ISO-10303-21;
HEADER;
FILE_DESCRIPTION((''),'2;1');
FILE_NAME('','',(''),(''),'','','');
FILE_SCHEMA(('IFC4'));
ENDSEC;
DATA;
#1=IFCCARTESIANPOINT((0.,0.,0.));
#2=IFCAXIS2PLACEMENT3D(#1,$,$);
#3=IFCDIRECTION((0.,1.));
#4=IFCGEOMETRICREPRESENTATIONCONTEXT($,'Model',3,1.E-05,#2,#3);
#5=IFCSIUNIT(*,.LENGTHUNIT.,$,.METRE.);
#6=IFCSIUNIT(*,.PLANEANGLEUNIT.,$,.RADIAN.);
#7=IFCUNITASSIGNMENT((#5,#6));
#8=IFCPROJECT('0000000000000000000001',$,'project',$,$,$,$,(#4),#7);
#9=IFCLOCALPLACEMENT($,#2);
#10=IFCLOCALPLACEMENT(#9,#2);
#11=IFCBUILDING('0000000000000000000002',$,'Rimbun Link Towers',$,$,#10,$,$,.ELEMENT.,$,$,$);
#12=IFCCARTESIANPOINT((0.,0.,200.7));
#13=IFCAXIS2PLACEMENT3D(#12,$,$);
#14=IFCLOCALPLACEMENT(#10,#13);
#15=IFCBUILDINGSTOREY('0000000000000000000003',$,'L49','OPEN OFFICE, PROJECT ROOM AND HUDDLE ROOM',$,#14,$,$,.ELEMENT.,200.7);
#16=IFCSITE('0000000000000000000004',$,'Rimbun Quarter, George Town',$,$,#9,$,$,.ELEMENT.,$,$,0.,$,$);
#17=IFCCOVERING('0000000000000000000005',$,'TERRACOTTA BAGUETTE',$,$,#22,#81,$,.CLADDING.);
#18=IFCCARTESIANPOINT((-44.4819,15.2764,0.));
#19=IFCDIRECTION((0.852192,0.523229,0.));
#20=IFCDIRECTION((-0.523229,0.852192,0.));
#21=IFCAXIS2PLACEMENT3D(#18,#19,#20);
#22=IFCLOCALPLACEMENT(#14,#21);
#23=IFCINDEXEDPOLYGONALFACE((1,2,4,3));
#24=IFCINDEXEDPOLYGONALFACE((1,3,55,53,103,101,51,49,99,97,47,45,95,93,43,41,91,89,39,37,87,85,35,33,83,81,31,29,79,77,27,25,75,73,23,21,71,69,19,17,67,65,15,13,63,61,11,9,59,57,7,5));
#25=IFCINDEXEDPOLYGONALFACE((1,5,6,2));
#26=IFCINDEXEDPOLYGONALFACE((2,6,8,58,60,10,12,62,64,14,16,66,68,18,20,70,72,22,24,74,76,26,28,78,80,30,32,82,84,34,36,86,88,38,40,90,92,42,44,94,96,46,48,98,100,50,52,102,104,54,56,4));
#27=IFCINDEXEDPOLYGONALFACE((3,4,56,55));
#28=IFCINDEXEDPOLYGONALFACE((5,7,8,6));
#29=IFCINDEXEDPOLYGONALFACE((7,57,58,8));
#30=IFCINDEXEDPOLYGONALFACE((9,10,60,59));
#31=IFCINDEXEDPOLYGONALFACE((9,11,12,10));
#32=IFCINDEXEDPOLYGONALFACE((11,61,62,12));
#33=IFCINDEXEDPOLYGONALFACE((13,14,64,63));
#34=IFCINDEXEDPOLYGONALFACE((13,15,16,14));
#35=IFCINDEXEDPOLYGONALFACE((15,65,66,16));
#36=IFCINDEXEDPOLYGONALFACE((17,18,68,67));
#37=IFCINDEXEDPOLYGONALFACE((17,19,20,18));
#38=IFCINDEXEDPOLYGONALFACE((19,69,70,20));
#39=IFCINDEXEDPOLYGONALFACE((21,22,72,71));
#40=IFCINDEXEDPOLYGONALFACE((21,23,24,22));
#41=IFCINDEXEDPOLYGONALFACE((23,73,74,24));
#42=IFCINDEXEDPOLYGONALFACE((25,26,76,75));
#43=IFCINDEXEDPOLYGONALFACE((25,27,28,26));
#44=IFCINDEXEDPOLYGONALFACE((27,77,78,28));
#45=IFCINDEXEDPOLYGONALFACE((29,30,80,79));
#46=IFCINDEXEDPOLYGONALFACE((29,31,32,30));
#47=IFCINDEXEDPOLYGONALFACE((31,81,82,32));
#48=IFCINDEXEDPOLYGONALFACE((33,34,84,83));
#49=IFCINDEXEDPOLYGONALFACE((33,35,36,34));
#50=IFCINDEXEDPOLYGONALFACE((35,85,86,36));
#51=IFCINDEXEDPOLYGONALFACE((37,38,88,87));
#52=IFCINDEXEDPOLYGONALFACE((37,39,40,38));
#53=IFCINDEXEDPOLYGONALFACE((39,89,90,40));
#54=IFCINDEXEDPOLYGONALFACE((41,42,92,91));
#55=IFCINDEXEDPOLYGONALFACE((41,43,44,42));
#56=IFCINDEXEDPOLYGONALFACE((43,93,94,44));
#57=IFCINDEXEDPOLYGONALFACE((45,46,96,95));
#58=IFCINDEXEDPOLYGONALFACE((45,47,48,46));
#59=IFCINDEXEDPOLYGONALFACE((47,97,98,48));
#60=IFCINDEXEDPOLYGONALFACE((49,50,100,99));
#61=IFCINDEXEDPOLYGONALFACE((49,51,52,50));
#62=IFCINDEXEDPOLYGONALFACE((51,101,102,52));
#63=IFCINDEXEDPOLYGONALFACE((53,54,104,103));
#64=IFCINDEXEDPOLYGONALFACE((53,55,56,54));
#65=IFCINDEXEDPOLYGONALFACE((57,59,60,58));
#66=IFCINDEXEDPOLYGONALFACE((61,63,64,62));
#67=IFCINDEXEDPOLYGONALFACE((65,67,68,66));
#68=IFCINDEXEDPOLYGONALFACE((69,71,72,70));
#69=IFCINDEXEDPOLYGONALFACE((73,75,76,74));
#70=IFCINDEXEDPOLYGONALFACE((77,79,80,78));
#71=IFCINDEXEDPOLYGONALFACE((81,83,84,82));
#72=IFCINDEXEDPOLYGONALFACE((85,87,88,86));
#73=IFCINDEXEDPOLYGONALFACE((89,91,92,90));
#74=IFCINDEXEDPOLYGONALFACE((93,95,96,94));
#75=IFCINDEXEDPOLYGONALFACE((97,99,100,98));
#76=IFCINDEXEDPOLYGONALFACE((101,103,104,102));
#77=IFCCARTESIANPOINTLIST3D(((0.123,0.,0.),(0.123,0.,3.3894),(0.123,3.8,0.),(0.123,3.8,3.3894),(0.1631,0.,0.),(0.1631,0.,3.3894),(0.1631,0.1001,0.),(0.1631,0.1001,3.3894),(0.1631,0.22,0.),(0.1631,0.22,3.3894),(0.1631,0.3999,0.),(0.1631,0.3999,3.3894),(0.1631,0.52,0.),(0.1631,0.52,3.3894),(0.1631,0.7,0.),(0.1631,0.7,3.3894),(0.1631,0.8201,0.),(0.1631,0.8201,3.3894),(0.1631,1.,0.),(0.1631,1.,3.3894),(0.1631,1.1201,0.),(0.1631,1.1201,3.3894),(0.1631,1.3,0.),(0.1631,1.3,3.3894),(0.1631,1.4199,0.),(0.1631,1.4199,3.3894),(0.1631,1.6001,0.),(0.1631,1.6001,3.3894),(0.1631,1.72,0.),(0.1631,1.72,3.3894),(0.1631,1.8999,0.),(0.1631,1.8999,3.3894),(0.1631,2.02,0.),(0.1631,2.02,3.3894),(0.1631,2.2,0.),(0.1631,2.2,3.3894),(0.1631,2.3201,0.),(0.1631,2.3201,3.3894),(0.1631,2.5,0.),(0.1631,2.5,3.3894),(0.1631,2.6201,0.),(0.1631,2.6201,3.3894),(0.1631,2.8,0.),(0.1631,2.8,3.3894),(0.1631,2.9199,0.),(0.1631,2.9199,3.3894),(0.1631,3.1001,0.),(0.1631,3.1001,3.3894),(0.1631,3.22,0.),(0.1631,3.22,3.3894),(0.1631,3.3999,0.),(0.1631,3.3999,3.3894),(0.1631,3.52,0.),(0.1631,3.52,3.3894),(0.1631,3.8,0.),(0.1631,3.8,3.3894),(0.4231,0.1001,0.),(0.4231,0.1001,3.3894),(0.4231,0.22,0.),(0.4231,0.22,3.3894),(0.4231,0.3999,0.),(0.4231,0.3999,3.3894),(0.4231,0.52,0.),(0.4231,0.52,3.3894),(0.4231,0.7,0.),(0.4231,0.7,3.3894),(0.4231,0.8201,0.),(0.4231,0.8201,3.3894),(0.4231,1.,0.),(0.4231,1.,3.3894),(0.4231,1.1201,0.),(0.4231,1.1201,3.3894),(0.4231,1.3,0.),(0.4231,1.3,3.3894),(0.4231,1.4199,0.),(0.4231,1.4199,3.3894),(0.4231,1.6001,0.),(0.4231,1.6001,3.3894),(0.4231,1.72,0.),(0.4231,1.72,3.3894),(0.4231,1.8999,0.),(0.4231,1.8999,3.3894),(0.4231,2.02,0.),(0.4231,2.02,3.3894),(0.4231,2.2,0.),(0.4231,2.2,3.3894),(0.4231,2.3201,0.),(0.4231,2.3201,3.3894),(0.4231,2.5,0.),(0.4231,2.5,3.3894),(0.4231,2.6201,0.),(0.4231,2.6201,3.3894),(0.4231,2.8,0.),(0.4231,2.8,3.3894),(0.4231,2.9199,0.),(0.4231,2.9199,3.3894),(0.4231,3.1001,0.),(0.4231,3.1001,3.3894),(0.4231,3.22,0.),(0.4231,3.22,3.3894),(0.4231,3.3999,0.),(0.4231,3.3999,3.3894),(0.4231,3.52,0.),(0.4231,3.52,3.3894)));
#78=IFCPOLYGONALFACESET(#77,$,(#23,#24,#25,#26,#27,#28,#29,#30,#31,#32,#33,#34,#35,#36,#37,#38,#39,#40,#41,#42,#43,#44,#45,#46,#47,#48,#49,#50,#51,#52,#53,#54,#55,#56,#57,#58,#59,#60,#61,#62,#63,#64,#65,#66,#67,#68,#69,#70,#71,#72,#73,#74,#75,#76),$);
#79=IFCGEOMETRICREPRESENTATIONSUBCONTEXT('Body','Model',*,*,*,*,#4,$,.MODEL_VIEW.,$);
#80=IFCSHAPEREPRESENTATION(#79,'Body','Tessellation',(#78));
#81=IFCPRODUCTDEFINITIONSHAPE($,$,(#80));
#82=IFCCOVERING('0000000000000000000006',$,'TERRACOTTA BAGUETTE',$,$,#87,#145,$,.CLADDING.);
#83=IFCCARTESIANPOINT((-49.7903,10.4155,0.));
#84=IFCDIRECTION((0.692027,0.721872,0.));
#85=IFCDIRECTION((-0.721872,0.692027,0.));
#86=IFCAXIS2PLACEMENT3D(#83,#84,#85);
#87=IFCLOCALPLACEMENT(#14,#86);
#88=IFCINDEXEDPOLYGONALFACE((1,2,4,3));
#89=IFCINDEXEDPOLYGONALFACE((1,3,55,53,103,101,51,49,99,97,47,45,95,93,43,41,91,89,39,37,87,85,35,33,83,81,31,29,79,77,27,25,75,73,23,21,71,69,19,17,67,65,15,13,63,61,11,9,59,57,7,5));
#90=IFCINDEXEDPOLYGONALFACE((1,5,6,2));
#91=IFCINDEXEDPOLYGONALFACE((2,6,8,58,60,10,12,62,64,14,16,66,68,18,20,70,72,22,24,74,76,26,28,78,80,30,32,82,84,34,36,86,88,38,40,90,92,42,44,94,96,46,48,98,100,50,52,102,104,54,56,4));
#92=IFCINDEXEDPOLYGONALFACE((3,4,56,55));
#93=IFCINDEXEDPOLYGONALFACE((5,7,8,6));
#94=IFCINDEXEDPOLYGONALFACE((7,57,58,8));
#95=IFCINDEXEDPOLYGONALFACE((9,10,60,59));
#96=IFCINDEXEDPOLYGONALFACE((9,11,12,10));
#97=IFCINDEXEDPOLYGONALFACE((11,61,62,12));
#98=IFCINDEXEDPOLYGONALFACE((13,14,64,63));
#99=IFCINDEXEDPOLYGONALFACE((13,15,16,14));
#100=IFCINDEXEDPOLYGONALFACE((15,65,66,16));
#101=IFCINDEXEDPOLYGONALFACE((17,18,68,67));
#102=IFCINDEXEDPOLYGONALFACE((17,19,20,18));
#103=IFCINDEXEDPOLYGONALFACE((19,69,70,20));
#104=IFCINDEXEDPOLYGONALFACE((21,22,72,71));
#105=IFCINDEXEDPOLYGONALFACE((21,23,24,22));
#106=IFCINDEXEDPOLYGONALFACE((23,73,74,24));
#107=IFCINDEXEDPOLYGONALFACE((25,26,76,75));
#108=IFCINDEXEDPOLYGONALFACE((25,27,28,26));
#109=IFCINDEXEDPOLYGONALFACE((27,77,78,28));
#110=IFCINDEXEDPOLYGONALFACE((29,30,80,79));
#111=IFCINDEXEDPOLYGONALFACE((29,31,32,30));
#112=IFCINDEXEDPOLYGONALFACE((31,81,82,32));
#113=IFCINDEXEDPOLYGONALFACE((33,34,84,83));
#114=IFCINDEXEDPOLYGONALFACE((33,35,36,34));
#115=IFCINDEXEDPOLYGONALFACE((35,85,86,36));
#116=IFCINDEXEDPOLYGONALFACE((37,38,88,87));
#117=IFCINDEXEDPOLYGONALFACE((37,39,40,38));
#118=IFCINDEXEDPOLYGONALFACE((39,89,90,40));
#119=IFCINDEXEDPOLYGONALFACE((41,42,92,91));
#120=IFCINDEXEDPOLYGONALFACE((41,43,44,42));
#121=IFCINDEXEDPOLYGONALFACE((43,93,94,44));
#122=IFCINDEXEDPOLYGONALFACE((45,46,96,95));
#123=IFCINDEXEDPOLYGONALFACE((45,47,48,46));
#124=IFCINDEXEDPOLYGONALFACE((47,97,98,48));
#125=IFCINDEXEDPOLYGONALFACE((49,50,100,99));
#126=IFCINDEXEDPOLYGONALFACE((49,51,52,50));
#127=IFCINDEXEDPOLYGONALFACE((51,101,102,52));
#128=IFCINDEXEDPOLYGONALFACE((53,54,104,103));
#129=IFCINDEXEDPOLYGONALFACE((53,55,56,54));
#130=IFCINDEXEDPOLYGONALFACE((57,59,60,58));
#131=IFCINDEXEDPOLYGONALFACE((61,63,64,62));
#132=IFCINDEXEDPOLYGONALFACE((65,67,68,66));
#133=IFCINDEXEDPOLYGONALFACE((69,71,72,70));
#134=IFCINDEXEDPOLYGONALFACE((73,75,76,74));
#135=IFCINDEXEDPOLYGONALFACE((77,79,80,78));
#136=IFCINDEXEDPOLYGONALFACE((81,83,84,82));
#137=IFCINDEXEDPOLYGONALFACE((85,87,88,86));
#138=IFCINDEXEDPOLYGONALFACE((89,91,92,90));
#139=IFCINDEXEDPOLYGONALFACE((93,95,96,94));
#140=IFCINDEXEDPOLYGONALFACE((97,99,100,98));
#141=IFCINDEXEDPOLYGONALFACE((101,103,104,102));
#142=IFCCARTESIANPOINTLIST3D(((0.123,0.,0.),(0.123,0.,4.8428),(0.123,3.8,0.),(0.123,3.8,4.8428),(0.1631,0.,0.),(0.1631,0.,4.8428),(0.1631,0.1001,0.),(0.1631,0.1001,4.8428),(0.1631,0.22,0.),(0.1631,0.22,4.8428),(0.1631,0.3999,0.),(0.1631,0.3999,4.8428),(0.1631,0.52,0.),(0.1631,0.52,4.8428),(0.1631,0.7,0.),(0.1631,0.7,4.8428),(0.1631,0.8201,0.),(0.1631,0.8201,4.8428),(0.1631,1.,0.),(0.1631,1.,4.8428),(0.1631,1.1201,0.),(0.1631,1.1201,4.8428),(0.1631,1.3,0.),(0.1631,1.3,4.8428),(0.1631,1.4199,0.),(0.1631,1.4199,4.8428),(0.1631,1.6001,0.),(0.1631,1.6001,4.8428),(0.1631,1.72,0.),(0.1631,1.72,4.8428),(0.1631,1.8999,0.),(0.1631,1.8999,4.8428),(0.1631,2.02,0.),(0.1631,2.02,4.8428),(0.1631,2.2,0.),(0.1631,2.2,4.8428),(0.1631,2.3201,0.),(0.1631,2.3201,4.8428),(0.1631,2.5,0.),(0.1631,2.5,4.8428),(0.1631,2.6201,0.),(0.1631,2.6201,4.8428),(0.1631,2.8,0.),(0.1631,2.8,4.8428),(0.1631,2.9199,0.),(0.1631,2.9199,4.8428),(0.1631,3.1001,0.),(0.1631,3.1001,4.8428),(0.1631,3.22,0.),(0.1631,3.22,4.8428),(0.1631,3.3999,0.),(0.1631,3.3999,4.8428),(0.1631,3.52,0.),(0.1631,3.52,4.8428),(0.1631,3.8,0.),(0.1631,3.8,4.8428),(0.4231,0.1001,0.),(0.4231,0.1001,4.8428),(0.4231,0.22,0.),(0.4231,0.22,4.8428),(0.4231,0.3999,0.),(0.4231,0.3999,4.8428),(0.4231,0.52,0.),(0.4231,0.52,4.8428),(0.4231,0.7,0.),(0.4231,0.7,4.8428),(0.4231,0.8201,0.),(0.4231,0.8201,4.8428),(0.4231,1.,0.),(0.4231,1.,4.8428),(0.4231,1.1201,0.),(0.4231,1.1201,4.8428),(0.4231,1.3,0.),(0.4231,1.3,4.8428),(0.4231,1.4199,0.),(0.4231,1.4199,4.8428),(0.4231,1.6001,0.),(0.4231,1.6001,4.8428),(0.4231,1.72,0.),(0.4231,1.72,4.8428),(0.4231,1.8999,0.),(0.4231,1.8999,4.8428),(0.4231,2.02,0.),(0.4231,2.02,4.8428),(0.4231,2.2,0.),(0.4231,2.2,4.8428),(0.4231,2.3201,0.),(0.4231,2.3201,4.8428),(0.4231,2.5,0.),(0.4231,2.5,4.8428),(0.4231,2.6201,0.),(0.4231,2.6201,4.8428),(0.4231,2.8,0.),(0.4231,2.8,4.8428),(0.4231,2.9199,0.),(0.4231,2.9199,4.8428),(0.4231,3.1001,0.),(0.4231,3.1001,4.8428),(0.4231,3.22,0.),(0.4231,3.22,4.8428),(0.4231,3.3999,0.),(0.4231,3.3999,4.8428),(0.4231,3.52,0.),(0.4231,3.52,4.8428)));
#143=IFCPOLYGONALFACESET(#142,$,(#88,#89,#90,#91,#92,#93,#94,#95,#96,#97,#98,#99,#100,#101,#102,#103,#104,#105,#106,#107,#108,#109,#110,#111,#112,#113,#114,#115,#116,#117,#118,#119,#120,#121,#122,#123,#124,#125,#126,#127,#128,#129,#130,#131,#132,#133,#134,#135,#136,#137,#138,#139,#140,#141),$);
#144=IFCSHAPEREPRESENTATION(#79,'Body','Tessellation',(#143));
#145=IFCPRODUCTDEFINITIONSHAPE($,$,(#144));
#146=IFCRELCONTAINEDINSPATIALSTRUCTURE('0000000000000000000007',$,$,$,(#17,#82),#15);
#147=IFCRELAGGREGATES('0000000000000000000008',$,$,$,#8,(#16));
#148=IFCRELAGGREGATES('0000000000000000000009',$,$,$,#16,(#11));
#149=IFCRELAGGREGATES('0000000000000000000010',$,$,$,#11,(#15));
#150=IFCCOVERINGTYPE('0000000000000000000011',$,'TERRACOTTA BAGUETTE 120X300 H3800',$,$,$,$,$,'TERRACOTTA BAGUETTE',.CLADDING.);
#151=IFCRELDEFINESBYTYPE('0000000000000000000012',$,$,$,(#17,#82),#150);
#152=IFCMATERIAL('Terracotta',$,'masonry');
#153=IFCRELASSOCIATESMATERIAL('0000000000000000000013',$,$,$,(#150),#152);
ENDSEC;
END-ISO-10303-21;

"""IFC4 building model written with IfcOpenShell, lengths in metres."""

from ifc_helpers import new_model, si_unit, direction, frame, origin, place, context, subcontext, project, spatial, polyline, outline, extrude, material, material_profile, profile_set, type_object, element, save


model = new_model("IFC4")

# Units and contexts
model_context = context("Model", 3, precision=1e-05, world=origin(), true_north=direction((0.0, 1.0)))
body_context = subcontext(model_context, "Body", "Model", "MODEL_VIEW")
ifc_project = project(units=[si_unit("LENGTHUNIT", "METRE"), si_unit("PLANEANGLEUNIT", "RADIAN")], contexts=[model_context])

# Site, building, storey
site_placement = place(None, origin())
site = spatial("IfcSite", under=ifc_project, at=site_placement, Name="Rimbun Quarter, George Town", CompositionType="ELEMENT", RefElevation=0.0)
building_placement = place(site_placement, origin())
building = spatial("IfcBuilding", under=site, at=building_placement, Name="Rimbun Link Towers", CompositionType="ELEMENT")
storey_placement = place(building_placement, frame((0.0, 0.0, 200.7)))
storey = spatial("IfcBuildingStorey", under=building, at=storey_placement, Name="L49", Description="OPEN OFFICE, PROJECT ROOM AND HUDDLE ROOM", CompositionType="ELEMENT", Elevation=200.7)

# Coverings
ifc_material_1 = material(Name="Terracotta", Category="masonry")
ifc_material_profile_1 = material_profile(ifc_material_1, outline(polyline([(0.123, 0.0), (0.1631, 0.0), (0.1631, 0.1001), (0.4231, 0.1001), (0.4231, 0.22), (0.1631, 0.22), (0.1631, 0.3999), (0.4231, 0.3999), (0.4231, 0.52), (0.1631, 0.52), (0.1631, 0.7), (0.4231, 0.7), (0.4231, 0.8201), (0.1631, 0.8201), (0.1631, 1.0), (0.4231, 1.0), (0.4231, 1.1201), (0.1631, 1.1201), (0.1631, 1.3), (0.4231, 1.3), (0.4231, 1.4199), (0.1631, 1.4199), (0.1631, 1.6001), (0.4231, 1.6001), (0.4231, 1.72), (0.1631, 1.72), (0.1631, 1.8999), (0.4231, 1.8999), (0.4231, 2.02), (0.1631, 2.02), (0.1631, 2.2), (0.4231, 2.2), (0.4231, 2.3201), (0.1631, 2.3201), (0.1631, 2.5), (0.4231, 2.5), (0.4231, 2.6201), (0.1631, 2.6201), (0.1631, 2.8), (0.4231, 2.8), (0.4231, 2.9199), (0.1631, 2.9199), (0.1631, 3.1001), (0.4231, 3.1001), (0.4231, 3.22), (0.1631, 3.22), (0.1631, 3.3999), (0.4231, 3.3999), (0.4231, 3.52), (0.1631, 3.52), (0.1631, 3.8), (0.123, 3.8), (0.123, 0.0)])), Name="BAGUETTE 120X300")
ifc_profile_set_1 = profile_set([ifc_material_profile_1], Name="Terracotta")
covering_type = type_object("IfcCoveringType", Name="TERRACOTTA BAGUETTE 120X300 H3800", ElementType="TERRACOTTA BAGUETTE", PredefinedType="CLADDING", material=ifc_profile_set_1)
covering_1_placement = place(storey_placement, frame((-44.4819, 15.2764, 0.0), z_axis=(0.852192, 0.523229, 0.0), x_axis=(-0.523229, 0.852192, 0.0)))
element("IfcCovering", 1, at=covering_1_placement, inside=storey, type_object=covering_type, Name="TERRACOTTA BAGUETTE", PredefinedType="CLADDING", context=body_context, shape_type="SweptSolid", body=[
    extrude(outline(polyline([(0.123, 0.0), (0.1631, 0.0), (0.1631, 0.1001), (0.4231, 0.1001), (0.4231, 0.22), (0.1631, 0.22), (0.1631, 0.3999), (0.4231, 0.3999), (0.4231, 0.52), (0.1631, 0.52), (0.1631, 0.7), (0.4231, 0.7), (0.4231, 0.8201), (0.1631, 0.8201), (0.1631, 1.0), (0.4231, 1.0), (0.4231, 1.1201), (0.1631, 1.1201), (0.1631, 1.3), (0.4231, 1.3), (0.4231, 1.4199), (0.1631, 1.4199), (0.1631, 1.6001), (0.4231, 1.6001), (0.4231, 1.72), (0.1631, 1.72), (0.1631, 1.8999), (0.4231, 1.8999), (0.4231, 2.02), (0.1631, 2.02), (0.1631, 2.2), (0.4231, 2.2), (0.4231, 2.3201), (0.1631, 2.3201), (0.1631, 2.5), (0.4231, 2.5), (0.4231, 2.6201), (0.1631, 2.6201), (0.1631, 2.8), (0.4231, 2.8), (0.4231, 2.9199), (0.1631, 2.9199), (0.1631, 3.1001), (0.4231, 3.1001), (0.4231, 3.22), (0.1631, 3.22), (0.1631, 3.3999), (0.4231, 3.3999), (0.4231, 3.52), (0.1631, 3.52), (0.1631, 3.8), (0.123, 3.8), (0.123, 0.0)])), origin(), (0.0, 0.0, 1.0), 3.3894),
])
covering_2_placement = place(storey_placement, frame((-49.7903, 10.4155, 0.0), z_axis=(0.692027, 0.721872, 0.0), x_axis=(-0.721872, 0.692027, 0.0)))
element("IfcCovering", 2, at=covering_2_placement, inside=storey, type_object=covering_type, Name="TERRACOTTA BAGUETTE", PredefinedType="CLADDING", context=body_context, shape_type="SweptSolid", body=[
    extrude(outline(polyline([(0.123, 0.0), (0.1631, 0.0), (0.1631, 0.1001), (0.4231, 0.1001), (0.4231, 0.22), (0.1631, 0.22), (0.1631, 0.3999), (0.4231, 0.3999), (0.4231, 0.52), (0.1631, 0.52), (0.1631, 0.7), (0.4231, 0.7), (0.4231, 0.8201), (0.1631, 0.8201), (0.1631, 1.0), (0.4231, 1.0), (0.4231, 1.1201), (0.1631, 1.1201), (0.1631, 1.3), (0.4231, 1.3), (0.4231, 1.4199), (0.1631, 1.4199), (0.1631, 1.6001), (0.4231, 1.6001), (0.4231, 1.72), (0.1631, 1.72), (0.1631, 1.8999), (0.4231, 1.8999), (0.4231, 2.02), (0.1631, 2.02), (0.1631, 2.2), (0.4231, 2.2), (0.4231, 2.3201), (0.1631, 2.3201), (0.1631, 2.5), (0.4231, 2.5), (0.4231, 2.6201), (0.1631, 2.6201), (0.1631, 2.8), (0.4231, 2.8), (0.4231, 2.9199), (0.1631, 2.9199), (0.1631, 3.1001), (0.4231, 3.1001), (0.4231, 3.22), (0.1631, 3.22), (0.1631, 3.3999), (0.4231, 3.3999), (0.4231, 3.52), (0.1631, 3.52), (0.1631, 3.8), (0.123, 3.8), (0.123, 0.0)])), origin(), (0.0, 0.0, 1.0), 4.8428),
])

save(model, "model.ifc")
